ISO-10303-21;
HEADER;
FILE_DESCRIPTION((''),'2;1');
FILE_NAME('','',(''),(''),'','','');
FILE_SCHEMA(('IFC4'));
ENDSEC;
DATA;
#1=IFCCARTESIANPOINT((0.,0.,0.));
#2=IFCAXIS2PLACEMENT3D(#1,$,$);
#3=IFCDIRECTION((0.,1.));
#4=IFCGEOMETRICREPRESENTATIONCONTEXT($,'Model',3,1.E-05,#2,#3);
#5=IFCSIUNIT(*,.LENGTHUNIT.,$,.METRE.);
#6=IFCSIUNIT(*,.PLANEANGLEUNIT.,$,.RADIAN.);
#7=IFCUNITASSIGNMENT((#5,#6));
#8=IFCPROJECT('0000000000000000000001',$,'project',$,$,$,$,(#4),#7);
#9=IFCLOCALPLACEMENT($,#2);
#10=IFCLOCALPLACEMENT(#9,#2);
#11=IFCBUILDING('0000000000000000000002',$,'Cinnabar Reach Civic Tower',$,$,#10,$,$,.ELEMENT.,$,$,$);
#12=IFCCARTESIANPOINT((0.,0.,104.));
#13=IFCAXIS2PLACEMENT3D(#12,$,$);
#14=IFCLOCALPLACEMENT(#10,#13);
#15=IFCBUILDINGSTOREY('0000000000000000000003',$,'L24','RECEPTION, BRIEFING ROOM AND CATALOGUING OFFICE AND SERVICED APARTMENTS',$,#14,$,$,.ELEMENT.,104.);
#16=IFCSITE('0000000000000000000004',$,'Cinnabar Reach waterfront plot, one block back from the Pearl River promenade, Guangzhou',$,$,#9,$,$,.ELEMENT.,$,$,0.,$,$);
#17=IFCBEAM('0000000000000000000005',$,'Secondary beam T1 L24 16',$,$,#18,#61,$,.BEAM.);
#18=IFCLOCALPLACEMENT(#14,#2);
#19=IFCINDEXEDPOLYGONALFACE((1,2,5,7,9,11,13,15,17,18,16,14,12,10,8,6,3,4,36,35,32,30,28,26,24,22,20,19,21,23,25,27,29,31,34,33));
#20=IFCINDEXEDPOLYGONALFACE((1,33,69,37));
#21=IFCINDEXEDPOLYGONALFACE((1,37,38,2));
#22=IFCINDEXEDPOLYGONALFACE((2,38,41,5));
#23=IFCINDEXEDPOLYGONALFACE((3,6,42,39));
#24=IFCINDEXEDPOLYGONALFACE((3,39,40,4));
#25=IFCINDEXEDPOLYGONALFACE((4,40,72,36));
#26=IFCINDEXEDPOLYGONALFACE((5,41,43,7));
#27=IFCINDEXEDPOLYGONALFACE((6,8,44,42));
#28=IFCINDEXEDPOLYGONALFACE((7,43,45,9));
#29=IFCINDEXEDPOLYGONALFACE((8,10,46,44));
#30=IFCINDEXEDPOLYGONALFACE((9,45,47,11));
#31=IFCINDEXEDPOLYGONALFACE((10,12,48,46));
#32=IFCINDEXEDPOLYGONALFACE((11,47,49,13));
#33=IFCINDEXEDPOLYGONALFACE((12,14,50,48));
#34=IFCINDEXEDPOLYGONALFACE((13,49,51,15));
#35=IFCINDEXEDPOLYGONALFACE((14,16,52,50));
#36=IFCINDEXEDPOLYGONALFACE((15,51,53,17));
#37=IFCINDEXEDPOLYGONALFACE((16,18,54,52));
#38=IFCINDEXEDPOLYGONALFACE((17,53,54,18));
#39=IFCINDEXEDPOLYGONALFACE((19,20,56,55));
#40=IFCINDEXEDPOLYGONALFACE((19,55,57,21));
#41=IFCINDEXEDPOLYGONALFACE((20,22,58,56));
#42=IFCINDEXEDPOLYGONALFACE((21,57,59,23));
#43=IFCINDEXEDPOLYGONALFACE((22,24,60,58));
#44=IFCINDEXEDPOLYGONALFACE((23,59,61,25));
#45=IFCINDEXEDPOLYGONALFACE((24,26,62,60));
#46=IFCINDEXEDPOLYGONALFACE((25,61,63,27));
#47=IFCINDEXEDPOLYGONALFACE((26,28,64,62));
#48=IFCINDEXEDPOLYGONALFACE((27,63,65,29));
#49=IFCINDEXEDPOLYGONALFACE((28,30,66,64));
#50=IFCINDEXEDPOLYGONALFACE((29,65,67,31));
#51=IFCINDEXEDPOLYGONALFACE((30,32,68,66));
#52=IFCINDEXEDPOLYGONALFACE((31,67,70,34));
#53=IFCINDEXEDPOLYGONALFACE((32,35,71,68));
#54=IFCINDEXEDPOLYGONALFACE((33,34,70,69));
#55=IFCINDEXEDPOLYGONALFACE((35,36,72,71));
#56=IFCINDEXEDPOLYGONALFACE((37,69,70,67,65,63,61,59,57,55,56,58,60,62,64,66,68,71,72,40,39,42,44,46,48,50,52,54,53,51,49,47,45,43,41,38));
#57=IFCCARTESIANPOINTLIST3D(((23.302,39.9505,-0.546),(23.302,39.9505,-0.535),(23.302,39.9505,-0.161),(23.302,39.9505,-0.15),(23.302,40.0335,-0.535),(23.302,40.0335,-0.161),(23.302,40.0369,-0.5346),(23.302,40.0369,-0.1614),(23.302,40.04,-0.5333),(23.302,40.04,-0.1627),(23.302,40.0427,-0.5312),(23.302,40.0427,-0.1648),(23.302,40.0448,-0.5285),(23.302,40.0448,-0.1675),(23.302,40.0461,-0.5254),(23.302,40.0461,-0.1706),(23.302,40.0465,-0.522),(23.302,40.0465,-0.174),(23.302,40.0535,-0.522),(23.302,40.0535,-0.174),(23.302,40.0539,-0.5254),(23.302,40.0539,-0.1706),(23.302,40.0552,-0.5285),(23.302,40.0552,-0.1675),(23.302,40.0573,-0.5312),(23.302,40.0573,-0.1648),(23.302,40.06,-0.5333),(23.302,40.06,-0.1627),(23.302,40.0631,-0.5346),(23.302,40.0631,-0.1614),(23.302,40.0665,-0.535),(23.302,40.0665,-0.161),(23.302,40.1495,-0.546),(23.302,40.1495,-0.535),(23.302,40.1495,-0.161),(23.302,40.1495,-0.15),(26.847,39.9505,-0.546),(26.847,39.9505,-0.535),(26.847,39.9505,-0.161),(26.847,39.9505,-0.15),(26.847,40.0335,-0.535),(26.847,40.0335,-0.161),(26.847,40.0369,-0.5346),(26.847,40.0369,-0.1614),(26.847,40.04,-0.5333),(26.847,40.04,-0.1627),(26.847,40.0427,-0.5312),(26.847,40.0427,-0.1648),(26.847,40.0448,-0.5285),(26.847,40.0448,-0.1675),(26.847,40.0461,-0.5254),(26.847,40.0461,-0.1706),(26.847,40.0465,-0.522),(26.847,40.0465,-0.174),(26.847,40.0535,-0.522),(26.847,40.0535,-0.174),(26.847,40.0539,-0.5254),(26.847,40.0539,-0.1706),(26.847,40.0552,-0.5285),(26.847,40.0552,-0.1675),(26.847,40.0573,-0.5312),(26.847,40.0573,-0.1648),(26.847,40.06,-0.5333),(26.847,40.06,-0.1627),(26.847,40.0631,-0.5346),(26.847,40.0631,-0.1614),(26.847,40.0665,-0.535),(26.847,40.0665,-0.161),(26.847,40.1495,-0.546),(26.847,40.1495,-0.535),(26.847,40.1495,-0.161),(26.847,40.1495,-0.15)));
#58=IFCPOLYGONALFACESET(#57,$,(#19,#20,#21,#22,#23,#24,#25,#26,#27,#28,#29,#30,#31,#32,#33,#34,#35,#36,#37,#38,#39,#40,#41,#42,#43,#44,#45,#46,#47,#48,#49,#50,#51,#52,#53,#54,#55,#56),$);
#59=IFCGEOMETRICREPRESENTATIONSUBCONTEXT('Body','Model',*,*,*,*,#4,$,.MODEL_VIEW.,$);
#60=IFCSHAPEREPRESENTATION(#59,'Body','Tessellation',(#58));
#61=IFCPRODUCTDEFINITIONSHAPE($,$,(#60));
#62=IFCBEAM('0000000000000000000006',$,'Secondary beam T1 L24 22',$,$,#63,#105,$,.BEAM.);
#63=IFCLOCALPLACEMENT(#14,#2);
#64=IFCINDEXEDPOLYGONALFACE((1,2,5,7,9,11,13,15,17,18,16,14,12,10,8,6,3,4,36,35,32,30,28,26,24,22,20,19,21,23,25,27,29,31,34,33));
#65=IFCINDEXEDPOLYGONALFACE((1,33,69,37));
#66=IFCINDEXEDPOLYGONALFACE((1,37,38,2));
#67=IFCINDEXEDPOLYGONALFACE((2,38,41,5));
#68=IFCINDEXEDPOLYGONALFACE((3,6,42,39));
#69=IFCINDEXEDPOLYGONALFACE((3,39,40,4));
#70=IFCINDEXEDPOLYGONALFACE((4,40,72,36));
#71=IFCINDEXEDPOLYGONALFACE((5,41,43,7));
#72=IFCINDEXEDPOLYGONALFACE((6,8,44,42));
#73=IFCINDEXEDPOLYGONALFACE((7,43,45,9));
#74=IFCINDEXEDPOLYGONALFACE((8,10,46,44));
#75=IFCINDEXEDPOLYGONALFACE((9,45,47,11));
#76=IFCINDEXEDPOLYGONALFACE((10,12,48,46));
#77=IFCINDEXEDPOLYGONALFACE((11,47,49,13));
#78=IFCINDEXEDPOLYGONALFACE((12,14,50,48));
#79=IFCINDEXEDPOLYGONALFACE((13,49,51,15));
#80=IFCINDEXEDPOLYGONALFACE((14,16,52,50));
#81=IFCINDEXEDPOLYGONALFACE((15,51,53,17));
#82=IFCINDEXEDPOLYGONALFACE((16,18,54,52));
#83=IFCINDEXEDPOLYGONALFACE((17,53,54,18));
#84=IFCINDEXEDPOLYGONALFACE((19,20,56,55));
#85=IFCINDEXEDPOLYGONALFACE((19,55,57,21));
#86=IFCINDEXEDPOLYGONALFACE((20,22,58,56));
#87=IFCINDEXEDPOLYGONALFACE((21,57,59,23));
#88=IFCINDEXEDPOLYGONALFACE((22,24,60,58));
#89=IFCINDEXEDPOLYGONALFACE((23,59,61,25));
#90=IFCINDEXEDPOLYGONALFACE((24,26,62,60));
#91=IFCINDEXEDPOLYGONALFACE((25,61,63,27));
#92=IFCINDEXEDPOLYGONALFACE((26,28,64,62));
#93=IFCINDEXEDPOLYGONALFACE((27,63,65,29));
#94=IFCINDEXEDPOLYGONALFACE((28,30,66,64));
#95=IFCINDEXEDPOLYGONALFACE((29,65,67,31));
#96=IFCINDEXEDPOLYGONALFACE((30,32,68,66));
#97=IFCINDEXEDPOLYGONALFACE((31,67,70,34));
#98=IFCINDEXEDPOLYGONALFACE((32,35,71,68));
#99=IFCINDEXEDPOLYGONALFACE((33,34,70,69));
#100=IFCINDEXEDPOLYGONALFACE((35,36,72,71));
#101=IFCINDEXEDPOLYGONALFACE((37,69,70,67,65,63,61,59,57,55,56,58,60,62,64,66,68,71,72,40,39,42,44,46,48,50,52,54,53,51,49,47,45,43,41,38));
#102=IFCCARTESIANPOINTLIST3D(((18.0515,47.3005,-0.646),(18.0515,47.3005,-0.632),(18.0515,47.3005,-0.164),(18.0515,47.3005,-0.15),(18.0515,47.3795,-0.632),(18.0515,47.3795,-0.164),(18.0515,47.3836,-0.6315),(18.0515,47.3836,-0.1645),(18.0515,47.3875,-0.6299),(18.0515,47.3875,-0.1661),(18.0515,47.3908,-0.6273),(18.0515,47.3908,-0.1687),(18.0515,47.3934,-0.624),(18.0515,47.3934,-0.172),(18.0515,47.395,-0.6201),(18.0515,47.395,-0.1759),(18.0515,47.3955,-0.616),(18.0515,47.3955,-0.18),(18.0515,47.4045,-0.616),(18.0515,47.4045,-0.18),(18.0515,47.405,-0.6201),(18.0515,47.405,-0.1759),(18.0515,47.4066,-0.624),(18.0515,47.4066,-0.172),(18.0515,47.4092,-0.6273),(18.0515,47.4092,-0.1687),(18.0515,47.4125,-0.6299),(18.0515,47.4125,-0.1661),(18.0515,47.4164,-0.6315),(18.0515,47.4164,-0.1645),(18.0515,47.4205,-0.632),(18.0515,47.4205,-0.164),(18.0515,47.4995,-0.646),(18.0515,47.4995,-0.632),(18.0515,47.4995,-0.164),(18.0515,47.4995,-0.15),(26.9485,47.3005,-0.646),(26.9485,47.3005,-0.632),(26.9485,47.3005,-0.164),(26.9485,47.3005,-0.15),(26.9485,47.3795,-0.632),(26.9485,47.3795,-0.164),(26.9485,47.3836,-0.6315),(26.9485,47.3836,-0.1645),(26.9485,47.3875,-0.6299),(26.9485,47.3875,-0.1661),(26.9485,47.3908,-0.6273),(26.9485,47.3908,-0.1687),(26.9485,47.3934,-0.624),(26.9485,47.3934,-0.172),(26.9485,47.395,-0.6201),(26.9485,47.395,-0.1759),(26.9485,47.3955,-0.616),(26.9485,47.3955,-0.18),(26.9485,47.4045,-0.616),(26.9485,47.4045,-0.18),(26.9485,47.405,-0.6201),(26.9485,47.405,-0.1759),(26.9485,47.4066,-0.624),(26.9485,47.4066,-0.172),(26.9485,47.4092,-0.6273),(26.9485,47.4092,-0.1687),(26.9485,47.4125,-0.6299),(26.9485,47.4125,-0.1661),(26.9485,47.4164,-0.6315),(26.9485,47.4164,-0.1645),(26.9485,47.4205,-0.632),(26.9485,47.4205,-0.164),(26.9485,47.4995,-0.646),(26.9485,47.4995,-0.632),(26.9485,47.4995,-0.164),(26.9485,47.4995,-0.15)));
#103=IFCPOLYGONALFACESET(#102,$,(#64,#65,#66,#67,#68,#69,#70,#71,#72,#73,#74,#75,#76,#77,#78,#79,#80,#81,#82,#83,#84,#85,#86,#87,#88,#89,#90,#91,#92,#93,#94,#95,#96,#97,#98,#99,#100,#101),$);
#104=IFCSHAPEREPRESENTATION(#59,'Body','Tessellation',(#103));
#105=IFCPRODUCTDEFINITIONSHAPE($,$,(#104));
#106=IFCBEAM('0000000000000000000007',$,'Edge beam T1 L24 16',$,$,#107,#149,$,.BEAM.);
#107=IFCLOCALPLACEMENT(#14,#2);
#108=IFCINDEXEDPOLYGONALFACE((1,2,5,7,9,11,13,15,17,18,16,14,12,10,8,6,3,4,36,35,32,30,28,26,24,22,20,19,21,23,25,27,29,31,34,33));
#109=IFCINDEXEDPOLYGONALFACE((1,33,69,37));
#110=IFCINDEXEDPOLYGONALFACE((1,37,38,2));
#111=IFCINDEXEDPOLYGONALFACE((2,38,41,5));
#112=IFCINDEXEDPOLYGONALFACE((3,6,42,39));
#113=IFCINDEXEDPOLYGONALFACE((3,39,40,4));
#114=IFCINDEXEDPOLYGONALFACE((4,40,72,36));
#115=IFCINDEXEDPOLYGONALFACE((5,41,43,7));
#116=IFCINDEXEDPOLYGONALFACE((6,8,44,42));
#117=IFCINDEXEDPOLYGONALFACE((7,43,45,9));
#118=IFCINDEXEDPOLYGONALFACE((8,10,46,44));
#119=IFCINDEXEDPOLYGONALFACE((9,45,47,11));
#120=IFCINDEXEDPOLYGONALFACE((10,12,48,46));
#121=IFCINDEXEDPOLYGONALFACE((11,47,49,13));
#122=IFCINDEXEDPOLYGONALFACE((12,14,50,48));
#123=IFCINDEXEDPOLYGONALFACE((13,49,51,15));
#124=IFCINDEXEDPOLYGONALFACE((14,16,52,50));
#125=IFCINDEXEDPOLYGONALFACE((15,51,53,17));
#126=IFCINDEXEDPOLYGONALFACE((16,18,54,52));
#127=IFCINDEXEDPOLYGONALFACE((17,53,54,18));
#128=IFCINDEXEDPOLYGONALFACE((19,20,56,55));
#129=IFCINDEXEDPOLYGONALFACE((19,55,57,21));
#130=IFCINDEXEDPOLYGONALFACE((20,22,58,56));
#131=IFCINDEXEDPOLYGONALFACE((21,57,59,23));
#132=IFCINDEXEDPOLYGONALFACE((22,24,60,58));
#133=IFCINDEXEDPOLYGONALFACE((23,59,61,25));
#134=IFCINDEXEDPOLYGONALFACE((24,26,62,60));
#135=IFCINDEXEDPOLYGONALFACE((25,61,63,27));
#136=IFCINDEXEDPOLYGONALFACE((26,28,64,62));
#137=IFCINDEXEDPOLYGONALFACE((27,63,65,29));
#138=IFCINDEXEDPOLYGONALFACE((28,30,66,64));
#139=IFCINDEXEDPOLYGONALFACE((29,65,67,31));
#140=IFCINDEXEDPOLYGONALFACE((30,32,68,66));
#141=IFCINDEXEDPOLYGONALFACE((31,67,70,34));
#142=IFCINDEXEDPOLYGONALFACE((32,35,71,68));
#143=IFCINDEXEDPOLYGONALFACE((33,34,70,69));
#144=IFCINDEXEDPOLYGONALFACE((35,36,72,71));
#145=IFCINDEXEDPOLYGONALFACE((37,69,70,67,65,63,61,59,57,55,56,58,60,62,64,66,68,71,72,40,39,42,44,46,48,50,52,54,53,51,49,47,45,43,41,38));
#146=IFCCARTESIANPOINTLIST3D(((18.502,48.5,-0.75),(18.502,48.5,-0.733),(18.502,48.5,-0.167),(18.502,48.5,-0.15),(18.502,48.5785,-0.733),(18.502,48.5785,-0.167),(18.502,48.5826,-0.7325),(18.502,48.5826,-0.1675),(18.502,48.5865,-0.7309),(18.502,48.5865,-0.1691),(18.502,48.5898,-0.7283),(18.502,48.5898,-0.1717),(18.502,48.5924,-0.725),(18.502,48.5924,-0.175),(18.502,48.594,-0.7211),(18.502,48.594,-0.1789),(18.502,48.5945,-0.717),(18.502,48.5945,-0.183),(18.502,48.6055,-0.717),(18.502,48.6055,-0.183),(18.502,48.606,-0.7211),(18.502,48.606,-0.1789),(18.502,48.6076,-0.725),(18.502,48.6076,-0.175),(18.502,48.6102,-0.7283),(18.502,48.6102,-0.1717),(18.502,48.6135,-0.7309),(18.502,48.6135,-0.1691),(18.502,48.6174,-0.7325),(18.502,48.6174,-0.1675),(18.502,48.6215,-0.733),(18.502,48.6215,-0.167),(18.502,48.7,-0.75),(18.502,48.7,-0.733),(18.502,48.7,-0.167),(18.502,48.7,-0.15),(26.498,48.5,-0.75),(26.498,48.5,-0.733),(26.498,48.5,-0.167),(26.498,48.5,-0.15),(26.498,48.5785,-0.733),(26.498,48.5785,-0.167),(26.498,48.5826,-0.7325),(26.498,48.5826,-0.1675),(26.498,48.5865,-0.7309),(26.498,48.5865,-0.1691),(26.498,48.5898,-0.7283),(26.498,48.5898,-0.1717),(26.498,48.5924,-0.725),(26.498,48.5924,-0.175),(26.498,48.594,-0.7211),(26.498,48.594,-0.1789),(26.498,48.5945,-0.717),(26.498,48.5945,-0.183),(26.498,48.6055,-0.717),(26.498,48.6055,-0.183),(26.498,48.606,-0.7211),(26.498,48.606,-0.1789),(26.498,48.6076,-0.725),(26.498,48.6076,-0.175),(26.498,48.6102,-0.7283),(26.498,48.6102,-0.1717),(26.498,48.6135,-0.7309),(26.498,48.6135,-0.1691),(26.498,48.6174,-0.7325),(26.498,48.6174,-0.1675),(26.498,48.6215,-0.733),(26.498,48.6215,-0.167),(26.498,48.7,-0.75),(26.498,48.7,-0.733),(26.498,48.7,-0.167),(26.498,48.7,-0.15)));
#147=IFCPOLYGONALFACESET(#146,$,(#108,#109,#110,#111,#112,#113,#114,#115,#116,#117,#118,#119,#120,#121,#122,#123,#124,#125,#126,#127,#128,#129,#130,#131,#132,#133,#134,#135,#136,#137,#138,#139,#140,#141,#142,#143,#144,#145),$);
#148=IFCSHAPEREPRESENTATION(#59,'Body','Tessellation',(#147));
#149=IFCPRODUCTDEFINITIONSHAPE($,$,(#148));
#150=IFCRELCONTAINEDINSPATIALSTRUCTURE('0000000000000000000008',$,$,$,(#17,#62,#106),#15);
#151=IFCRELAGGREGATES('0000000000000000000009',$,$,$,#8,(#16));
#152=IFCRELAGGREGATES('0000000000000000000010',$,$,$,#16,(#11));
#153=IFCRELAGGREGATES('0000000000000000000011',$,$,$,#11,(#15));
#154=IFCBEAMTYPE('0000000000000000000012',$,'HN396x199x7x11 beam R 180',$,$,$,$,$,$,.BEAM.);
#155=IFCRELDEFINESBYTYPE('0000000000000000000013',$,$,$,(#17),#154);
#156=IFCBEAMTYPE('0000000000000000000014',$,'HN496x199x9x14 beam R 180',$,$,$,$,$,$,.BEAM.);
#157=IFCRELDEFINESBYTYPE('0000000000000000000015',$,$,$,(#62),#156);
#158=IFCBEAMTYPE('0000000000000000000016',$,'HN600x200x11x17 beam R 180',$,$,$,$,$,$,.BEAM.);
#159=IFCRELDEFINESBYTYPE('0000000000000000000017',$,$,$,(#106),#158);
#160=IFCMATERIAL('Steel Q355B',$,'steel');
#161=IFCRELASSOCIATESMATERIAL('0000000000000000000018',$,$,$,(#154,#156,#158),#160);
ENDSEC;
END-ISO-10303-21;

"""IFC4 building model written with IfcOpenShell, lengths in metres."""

from ifc_helpers import new_model, si_unit, direction, frame, origin, origin_2d, place, context, subcontext, project, spatial, i_section, extrude, material, material_profile, profile_set, type_object, element, save


model = new_model("IFC4")

# Units and contexts
model_context = context("Model", 3, precision=1e-05, world=origin(), true_north=direction((0.0, 1.0)))
body_context = subcontext(model_context, "Body", "Model", "MODEL_VIEW")
ifc_project = project(units=[si_unit("LENGTHUNIT", "METRE"), si_unit("PLANEANGLEUNIT", "RADIAN")], contexts=[model_context])

# Site, building, storey
site_placement = place(None, origin())
site = spatial("IfcSite", under=ifc_project, at=site_placement, Name="Cinnabar Reach waterfront plot, one block back from the Pearl River promenade, Guangzhou", CompositionType="ELEMENT", RefElevation=0.0)
building_placement = place(site_placement, origin())
building = spatial("IfcBuilding", under=site, at=building_placement, Name="Cinnabar Reach Civic Tower", CompositionType="ELEMENT")
storey_placement = place(building_placement, frame((0.0, 0.0, 104.0)))
storey = spatial("IfcBuildingStorey", under=building, at=storey_placement, Name="L24", Description="RECEPTION, BRIEFING ROOM AND CATALOGUING OFFICE AND SERVICED APARTMENTS", CompositionType="ELEMENT", Elevation=104.0)

# Beams
ifc_material_1 = material(Name="Steel Q355B", Category="steel")
ifc_material_profile_1 = material_profile(ifc_material_1, i_section(OverallWidth=0.199, OverallDepth=0.396, WebThickness=0.007, FlangeThickness=0.011, FilletRadius=0.013, at=origin_2d()), Name="HN396x199x7x11")
ifc_profile_set_1 = profile_set([ifc_material_profile_1], Name="Steel Q355B")
beam_type_1 = type_object("IfcBeamType", Name="HN396x199x7x11 beam R 180", PredefinedType="BEAM", material=ifc_profile_set_1)
for number, where, z_axis, x_axis, name in (
    (1, (23.302, 40.05, -0.348), (1.0, 0.0, 0.0), (0.0, 1.0, 0.0), "Secondary beam T1 L24 16"),
):
    element("IfcBeam", number, at=place(storey_placement, frame(where, z_axis=z_axis, x_axis=x_axis)), inside=storey, type_object=beam_type_1, Name=name, PredefinedType="BEAM", context=body_context, shape_type="SweptSolid", body=[
        extrude(i_section(OverallWidth=0.199, OverallDepth=0.396, WebThickness=0.007, FlangeThickness=0.011, FilletRadius=0.013, at=origin_2d()), origin(), (0.0, 0.0, 1.0), 3.545),
    ])
ifc_material_profile_2 = material_profile(ifc_material_1, i_section(OverallWidth=0.199, OverallDepth=0.496, WebThickness=0.009, FlangeThickness=0.014, FilletRadius=0.016, at=origin_2d()), Name="HN496x199x9x14")
ifc_profile_set_2 = profile_set([ifc_material_profile_2], Name="Steel Q355B")
beam_type_2 = type_object("IfcBeamType", Name="HN496x199x9x14 beam R 180", PredefinedType="BEAM", material=ifc_profile_set_2)
beam_1_placement = place(storey_placement, frame((18.0515, 47.4, -0.398), z_axis=(1.0, 0.0, 0.0), x_axis=(0.0, 1.0, 0.0)))
element("IfcBeam", 2, at=beam_1_placement, inside=storey, type_object=beam_type_2, Name="Secondary beam T1 L24 22", PredefinedType="BEAM", context=body_context, shape_type="SweptSolid", body=[
    extrude(i_section(OverallWidth=0.199, OverallDepth=0.496, WebThickness=0.009, FlangeThickness=0.014, FilletRadius=0.016, at=origin_2d()), origin(), (0.0, 0.0, 1.0), 8.897),
])
ifc_material_profile_3 = material_profile(ifc_material_1, i_section(OverallWidth=0.2, OverallDepth=0.6, WebThickness=0.011, FlangeThickness=0.017, FilletRadius=0.016, at=origin_2d()), Name="HN600x200x11x17")
ifc_profile_set_3 = profile_set([ifc_material_profile_3], Name="Steel Q355B")
beam_type_3 = type_object("IfcBeamType", Name="HN600x200x11x17 beam R 180", PredefinedType="BEAM", material=ifc_profile_set_3)
beam_2_placement = place(storey_placement, frame((26.498, 48.6, -0.45), z_axis=(-1.0, 0.0, 0.0), x_axis=(0.0, -1.0, 0.0)))
element("IfcBeam", 3, at=beam_2_placement, inside=storey, type_object=beam_type_3, Name="Edge beam T1 L24 16", PredefinedType="BEAM", context=body_context, shape_type="SweptSolid", body=[
    extrude(i_section(OverallWidth=0.2, OverallDepth=0.6, WebThickness=0.011, FlangeThickness=0.017, FilletRadius=0.016, at=origin_2d()), origin(), (0.0, 0.0, 1.0), 7.996),
])

save(model, "model.ifc")
